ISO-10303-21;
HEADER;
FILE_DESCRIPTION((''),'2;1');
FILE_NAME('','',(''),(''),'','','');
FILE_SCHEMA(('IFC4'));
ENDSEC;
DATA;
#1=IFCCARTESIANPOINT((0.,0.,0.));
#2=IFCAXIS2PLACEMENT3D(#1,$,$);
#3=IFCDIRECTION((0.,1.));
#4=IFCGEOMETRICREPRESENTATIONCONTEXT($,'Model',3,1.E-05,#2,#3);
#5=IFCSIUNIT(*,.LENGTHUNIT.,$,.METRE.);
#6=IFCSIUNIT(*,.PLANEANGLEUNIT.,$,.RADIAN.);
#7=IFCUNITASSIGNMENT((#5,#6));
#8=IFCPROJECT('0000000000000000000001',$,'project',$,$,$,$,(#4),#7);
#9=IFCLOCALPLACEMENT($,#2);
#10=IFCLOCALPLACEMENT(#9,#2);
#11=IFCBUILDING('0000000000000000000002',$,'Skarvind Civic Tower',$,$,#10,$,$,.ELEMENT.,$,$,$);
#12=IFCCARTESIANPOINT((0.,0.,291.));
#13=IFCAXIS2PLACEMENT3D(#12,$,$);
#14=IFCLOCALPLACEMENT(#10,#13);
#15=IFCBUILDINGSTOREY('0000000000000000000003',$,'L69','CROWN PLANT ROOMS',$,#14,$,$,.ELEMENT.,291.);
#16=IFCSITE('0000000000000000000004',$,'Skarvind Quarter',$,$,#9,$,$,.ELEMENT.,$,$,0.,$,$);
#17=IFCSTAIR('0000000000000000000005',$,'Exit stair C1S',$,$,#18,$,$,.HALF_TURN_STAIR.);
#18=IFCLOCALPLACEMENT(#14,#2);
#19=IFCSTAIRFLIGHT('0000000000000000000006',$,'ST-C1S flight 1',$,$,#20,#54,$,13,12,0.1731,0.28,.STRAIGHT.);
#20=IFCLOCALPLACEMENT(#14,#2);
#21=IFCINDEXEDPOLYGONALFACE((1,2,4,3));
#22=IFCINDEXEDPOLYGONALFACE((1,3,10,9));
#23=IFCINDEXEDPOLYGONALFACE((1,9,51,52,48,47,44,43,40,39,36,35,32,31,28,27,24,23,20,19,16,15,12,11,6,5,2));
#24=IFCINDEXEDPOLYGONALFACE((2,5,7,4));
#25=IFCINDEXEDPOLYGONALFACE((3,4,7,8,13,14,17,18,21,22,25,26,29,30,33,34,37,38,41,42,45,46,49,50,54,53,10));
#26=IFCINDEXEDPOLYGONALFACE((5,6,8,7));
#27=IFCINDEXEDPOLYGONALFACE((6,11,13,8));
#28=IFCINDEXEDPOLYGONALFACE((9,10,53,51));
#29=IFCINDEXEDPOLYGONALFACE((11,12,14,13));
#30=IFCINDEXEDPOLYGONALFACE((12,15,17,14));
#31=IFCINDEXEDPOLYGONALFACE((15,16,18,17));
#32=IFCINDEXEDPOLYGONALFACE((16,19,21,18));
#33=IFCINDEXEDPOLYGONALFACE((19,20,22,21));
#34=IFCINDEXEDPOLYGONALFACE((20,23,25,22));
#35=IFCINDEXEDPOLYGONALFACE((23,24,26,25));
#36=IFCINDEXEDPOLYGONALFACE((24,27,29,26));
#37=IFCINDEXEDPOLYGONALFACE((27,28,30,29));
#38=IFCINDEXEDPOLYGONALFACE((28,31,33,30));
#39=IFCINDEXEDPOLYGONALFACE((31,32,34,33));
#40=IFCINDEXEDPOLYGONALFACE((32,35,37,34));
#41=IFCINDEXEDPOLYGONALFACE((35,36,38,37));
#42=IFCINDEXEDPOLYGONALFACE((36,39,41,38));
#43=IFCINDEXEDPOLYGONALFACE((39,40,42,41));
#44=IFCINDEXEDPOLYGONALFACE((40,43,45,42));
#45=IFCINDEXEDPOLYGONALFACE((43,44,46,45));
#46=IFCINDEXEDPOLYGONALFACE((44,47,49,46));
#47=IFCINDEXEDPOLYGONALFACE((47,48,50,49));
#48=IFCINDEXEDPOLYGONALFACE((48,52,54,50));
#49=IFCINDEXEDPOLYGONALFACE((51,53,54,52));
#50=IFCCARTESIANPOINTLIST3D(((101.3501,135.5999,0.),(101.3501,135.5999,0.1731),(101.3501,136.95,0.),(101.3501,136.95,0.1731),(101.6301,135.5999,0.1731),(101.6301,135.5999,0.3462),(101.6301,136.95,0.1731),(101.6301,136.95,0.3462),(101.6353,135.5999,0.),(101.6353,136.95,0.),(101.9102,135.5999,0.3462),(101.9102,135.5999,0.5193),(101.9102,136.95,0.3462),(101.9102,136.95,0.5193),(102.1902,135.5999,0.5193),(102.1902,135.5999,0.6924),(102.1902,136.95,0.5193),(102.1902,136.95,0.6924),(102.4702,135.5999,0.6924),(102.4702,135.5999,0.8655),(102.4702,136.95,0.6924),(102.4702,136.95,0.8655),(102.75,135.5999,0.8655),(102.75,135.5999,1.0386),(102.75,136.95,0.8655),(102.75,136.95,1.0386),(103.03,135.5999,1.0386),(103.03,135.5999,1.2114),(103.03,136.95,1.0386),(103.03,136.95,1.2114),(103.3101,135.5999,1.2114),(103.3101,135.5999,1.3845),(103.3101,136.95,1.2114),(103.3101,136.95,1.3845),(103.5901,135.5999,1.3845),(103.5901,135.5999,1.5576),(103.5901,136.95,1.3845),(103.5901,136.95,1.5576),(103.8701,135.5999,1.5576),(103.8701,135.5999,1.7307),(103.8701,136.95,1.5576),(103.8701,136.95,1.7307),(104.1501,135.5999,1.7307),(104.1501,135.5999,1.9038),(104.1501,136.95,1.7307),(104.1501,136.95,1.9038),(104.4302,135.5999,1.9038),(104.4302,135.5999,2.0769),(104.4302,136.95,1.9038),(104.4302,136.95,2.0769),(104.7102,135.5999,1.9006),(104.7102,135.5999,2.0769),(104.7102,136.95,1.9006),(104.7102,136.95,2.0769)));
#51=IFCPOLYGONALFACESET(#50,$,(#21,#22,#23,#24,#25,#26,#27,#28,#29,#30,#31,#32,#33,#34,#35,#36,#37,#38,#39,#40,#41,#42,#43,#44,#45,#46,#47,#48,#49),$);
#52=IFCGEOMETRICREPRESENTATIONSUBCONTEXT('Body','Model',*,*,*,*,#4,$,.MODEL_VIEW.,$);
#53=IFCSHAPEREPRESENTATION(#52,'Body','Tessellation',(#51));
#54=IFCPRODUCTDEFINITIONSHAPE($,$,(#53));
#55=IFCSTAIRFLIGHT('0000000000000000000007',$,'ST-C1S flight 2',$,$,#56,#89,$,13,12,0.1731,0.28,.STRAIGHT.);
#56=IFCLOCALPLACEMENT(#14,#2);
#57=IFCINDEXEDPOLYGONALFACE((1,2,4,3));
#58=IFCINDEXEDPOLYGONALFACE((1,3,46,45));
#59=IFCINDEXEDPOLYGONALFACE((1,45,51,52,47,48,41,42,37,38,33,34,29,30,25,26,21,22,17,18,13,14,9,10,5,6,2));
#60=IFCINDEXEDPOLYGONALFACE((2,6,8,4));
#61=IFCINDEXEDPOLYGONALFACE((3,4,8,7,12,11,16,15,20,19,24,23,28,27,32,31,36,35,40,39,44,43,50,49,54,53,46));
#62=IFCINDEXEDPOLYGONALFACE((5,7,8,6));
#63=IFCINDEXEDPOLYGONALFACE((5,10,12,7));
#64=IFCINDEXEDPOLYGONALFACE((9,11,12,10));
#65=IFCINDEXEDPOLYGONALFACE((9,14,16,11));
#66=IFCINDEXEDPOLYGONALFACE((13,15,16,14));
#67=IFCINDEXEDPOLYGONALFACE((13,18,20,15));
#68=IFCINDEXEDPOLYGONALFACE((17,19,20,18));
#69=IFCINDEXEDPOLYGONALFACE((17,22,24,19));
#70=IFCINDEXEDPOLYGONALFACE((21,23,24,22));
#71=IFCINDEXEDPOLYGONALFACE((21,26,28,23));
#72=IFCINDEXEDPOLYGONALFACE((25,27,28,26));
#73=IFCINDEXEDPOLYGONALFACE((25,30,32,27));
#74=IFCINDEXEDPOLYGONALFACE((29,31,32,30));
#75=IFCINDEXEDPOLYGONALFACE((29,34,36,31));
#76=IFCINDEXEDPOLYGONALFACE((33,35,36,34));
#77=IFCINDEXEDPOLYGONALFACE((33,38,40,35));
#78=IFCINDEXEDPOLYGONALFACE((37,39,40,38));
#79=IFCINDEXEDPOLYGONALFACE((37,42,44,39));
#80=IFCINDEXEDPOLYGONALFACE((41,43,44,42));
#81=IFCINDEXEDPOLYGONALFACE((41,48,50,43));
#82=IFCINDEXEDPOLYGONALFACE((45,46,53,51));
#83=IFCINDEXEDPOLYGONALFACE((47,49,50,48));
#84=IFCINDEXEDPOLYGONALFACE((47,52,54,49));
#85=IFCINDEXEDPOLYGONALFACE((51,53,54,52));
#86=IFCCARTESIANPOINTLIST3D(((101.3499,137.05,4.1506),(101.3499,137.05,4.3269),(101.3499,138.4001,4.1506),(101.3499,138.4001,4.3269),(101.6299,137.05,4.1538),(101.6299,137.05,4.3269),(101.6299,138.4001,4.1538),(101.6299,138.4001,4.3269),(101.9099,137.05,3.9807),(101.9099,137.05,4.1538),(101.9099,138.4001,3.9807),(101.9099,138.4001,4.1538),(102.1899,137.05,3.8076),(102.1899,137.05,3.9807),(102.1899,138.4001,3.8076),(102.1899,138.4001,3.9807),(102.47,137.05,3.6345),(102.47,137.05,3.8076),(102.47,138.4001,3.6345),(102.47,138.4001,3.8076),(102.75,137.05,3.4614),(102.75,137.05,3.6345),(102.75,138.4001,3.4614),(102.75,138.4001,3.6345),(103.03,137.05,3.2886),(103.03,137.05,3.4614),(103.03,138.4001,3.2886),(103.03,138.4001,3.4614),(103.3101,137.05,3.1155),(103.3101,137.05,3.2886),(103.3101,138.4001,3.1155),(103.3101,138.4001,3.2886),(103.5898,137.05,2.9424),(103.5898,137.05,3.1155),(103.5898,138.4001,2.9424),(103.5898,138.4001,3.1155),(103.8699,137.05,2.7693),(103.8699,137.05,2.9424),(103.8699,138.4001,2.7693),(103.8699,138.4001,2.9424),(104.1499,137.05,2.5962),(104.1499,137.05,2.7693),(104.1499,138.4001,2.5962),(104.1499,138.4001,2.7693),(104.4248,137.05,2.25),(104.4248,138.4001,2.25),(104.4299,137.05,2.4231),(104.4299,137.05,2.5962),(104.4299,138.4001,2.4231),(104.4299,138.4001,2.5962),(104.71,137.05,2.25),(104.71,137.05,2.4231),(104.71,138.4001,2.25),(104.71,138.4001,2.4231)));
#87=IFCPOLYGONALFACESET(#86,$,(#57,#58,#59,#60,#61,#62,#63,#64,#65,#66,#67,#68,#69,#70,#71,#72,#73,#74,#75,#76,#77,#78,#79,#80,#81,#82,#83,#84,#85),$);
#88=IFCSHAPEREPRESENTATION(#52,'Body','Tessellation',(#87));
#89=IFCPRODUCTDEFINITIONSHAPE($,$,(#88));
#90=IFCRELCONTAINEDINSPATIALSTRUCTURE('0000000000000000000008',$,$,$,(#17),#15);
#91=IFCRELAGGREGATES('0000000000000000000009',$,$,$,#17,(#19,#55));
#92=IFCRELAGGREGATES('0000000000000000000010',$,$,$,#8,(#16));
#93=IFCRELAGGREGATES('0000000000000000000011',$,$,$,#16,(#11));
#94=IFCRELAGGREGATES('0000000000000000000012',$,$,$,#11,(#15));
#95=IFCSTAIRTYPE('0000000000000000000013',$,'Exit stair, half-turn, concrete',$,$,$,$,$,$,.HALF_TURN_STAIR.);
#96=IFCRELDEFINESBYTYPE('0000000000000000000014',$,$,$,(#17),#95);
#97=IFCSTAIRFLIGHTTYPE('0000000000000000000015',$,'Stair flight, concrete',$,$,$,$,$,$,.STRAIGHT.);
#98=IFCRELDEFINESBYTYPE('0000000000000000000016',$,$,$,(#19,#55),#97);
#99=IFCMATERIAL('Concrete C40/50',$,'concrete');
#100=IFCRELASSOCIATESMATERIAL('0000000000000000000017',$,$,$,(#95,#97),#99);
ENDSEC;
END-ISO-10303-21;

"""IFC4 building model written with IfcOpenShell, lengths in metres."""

from ifc_helpers import new_model, si_unit, direction, frame, origin, place, context, subcontext, project, spatial, polyline, outline, extrude, material, type_object, element, aggregate, save


model = new_model("IFC4")

# Units and contexts
model_context = context("Model", 3, precision=1e-05, world=origin(), true_north=direction((0.0, 1.0)))
body_context = subcontext(model_context, "Body", "Model", "MODEL_VIEW")
ifc_project = project(units=[si_unit("LENGTHUNIT", "METRE"), si_unit("PLANEANGLEUNIT", "RADIAN")], contexts=[model_context])

# Site, building, storey
site_placement = place(None, origin())
site = spatial("IfcSite", under=ifc_project, at=site_placement, Name="Skarvind Quarter", CompositionType="ELEMENT", RefElevation=0.0)
building_placement = place(site_placement, origin())
building = spatial("IfcBuilding", under=site, at=building_placement, Name="Skarvind Civic Tower", CompositionType="ELEMENT")
storey_placement = place(building_placement, frame((0.0, 0.0, 291.0)))
storey = spatial("IfcBuildingStorey", under=building, at=storey_placement, Name="L69", Description="CROWN PLANT ROOMS", CompositionType="ELEMENT", Elevation=291.0)

# Stair, stair flights
ifc_material_1 = material(Name="Concrete C40/50", Category="concrete")
stair_type = type_object("IfcStairType", Name="Exit stair, half-turn, concrete", PredefinedType="HALF_TURN_STAIR", material=ifc_material_1)
stair_placement = place(storey_placement, origin())
stair = element("IfcStair", 1, at=stair_placement, inside=storey, type_object=stair_type, Name="Exit stair C1S", PredefinedType="HALF_TURN_STAIR")
stair_flight_type = type_object("IfcStairFlightType", Name="Stair flight, concrete", PredefinedType="STRAIGHT", material=ifc_material_1)
stair_flight_1_placement = place(storey_placement, frame((101.3501, 136.2749, 0.0), z_axis=(0.0, 0.0, 1.0), x_axis=(1.0, 0.0, 0.0)))
stair_flight_1 = element("IfcStairFlight", 2, at=stair_flight_1_placement, type_object=stair_flight_type, Name="ST-C1S flight 1", NumberOfRisers=13, NumberOfTreads=12, PredefinedType="STRAIGHT", RiserHeight=0.1731, TreadLength=0.28, context=body_context, shape_type="SweptSolid", body=[
    extrude(outline(polyline([(0.0, 0.0), (0.0, 0.1731), (0.28, 0.1731), (0.28, 0.3462), (0.5601, 0.3462), (0.5601, 0.5193), (0.8401, 0.5193), (0.8401, 0.6924), (1.1201, 0.6924), (1.1201, 0.8655), (1.3999, 0.8655), (1.3999, 1.0386), (1.6799, 1.0386), (1.6799, 1.2114), (1.96, 1.2114), (1.96, 1.3845), (2.24, 1.3845), (2.24, 1.5576), (2.52, 1.5576), (2.52, 1.7307), (2.8, 1.7307), (2.8, 1.9038), (3.0801, 1.9038), (3.0801, 2.0769), (3.3601, 2.0769), (3.3601, 2.25), (3.3601, 1.9006), (0.2852, 0.0), (0.0, 0.0)])), frame((0.0, 0.675, 0.0), z_axis=(0.0, -1.0, 0.0), x_axis=(1.0, 0.0, 0.0)), (0.0, 0.0, 1.0), 1.3501),
])
stair_flight_2_placement = place(storey_placement, frame((104.71, 137.7251, 2.25), z_axis=(0.0, 0.0, 1.0), x_axis=(-1.0, 0.0, 0.0)))
stair_flight_2 = element("IfcStairFlight", 3, at=stair_flight_2_placement, type_object=stair_flight_type, Name="ST-C1S flight 2", NumberOfRisers=13, NumberOfTreads=12, PredefinedType="STRAIGHT", RiserHeight=0.1731, TreadLength=0.28, context=body_context, shape_type="SweptSolid", body=[
    extrude(outline(polyline([(0.0, 0.0), (0.0, 0.1731), (0.28, 0.1731), (0.28, 0.3462), (0.5601, 0.3462), (0.5601, 0.5193), (0.8401, 0.5193), (0.8401, 0.6924), (1.1201, 0.6924), (1.1201, 0.8655), (1.3999, 0.8655), (1.3999, 1.0386), (1.6799, 1.0386), (1.6799, 1.2114), (1.96, 1.2114), (1.96, 1.3845), (2.24, 1.3845), (2.24, 1.5576), (2.52, 1.5576), (2.52, 1.7307), (2.8, 1.7307), (2.8, 1.9038), (3.0801, 1.9038), (3.0801, 2.0769), (3.3601, 2.0769), (3.3601, 2.25), (3.3601, 1.9006), (0.2852, 0.0), (0.0, 0.0)])), frame((0.0, 0.675, 0.0), z_axis=(0.0, -1.0, 0.0), x_axis=(1.0, 0.0, 0.0)), (0.0, 0.0, 1.0), 1.3501),
])
aggregate(stair, [stair_flight_1, stair_flight_2])

save(model, "model.ifc")
